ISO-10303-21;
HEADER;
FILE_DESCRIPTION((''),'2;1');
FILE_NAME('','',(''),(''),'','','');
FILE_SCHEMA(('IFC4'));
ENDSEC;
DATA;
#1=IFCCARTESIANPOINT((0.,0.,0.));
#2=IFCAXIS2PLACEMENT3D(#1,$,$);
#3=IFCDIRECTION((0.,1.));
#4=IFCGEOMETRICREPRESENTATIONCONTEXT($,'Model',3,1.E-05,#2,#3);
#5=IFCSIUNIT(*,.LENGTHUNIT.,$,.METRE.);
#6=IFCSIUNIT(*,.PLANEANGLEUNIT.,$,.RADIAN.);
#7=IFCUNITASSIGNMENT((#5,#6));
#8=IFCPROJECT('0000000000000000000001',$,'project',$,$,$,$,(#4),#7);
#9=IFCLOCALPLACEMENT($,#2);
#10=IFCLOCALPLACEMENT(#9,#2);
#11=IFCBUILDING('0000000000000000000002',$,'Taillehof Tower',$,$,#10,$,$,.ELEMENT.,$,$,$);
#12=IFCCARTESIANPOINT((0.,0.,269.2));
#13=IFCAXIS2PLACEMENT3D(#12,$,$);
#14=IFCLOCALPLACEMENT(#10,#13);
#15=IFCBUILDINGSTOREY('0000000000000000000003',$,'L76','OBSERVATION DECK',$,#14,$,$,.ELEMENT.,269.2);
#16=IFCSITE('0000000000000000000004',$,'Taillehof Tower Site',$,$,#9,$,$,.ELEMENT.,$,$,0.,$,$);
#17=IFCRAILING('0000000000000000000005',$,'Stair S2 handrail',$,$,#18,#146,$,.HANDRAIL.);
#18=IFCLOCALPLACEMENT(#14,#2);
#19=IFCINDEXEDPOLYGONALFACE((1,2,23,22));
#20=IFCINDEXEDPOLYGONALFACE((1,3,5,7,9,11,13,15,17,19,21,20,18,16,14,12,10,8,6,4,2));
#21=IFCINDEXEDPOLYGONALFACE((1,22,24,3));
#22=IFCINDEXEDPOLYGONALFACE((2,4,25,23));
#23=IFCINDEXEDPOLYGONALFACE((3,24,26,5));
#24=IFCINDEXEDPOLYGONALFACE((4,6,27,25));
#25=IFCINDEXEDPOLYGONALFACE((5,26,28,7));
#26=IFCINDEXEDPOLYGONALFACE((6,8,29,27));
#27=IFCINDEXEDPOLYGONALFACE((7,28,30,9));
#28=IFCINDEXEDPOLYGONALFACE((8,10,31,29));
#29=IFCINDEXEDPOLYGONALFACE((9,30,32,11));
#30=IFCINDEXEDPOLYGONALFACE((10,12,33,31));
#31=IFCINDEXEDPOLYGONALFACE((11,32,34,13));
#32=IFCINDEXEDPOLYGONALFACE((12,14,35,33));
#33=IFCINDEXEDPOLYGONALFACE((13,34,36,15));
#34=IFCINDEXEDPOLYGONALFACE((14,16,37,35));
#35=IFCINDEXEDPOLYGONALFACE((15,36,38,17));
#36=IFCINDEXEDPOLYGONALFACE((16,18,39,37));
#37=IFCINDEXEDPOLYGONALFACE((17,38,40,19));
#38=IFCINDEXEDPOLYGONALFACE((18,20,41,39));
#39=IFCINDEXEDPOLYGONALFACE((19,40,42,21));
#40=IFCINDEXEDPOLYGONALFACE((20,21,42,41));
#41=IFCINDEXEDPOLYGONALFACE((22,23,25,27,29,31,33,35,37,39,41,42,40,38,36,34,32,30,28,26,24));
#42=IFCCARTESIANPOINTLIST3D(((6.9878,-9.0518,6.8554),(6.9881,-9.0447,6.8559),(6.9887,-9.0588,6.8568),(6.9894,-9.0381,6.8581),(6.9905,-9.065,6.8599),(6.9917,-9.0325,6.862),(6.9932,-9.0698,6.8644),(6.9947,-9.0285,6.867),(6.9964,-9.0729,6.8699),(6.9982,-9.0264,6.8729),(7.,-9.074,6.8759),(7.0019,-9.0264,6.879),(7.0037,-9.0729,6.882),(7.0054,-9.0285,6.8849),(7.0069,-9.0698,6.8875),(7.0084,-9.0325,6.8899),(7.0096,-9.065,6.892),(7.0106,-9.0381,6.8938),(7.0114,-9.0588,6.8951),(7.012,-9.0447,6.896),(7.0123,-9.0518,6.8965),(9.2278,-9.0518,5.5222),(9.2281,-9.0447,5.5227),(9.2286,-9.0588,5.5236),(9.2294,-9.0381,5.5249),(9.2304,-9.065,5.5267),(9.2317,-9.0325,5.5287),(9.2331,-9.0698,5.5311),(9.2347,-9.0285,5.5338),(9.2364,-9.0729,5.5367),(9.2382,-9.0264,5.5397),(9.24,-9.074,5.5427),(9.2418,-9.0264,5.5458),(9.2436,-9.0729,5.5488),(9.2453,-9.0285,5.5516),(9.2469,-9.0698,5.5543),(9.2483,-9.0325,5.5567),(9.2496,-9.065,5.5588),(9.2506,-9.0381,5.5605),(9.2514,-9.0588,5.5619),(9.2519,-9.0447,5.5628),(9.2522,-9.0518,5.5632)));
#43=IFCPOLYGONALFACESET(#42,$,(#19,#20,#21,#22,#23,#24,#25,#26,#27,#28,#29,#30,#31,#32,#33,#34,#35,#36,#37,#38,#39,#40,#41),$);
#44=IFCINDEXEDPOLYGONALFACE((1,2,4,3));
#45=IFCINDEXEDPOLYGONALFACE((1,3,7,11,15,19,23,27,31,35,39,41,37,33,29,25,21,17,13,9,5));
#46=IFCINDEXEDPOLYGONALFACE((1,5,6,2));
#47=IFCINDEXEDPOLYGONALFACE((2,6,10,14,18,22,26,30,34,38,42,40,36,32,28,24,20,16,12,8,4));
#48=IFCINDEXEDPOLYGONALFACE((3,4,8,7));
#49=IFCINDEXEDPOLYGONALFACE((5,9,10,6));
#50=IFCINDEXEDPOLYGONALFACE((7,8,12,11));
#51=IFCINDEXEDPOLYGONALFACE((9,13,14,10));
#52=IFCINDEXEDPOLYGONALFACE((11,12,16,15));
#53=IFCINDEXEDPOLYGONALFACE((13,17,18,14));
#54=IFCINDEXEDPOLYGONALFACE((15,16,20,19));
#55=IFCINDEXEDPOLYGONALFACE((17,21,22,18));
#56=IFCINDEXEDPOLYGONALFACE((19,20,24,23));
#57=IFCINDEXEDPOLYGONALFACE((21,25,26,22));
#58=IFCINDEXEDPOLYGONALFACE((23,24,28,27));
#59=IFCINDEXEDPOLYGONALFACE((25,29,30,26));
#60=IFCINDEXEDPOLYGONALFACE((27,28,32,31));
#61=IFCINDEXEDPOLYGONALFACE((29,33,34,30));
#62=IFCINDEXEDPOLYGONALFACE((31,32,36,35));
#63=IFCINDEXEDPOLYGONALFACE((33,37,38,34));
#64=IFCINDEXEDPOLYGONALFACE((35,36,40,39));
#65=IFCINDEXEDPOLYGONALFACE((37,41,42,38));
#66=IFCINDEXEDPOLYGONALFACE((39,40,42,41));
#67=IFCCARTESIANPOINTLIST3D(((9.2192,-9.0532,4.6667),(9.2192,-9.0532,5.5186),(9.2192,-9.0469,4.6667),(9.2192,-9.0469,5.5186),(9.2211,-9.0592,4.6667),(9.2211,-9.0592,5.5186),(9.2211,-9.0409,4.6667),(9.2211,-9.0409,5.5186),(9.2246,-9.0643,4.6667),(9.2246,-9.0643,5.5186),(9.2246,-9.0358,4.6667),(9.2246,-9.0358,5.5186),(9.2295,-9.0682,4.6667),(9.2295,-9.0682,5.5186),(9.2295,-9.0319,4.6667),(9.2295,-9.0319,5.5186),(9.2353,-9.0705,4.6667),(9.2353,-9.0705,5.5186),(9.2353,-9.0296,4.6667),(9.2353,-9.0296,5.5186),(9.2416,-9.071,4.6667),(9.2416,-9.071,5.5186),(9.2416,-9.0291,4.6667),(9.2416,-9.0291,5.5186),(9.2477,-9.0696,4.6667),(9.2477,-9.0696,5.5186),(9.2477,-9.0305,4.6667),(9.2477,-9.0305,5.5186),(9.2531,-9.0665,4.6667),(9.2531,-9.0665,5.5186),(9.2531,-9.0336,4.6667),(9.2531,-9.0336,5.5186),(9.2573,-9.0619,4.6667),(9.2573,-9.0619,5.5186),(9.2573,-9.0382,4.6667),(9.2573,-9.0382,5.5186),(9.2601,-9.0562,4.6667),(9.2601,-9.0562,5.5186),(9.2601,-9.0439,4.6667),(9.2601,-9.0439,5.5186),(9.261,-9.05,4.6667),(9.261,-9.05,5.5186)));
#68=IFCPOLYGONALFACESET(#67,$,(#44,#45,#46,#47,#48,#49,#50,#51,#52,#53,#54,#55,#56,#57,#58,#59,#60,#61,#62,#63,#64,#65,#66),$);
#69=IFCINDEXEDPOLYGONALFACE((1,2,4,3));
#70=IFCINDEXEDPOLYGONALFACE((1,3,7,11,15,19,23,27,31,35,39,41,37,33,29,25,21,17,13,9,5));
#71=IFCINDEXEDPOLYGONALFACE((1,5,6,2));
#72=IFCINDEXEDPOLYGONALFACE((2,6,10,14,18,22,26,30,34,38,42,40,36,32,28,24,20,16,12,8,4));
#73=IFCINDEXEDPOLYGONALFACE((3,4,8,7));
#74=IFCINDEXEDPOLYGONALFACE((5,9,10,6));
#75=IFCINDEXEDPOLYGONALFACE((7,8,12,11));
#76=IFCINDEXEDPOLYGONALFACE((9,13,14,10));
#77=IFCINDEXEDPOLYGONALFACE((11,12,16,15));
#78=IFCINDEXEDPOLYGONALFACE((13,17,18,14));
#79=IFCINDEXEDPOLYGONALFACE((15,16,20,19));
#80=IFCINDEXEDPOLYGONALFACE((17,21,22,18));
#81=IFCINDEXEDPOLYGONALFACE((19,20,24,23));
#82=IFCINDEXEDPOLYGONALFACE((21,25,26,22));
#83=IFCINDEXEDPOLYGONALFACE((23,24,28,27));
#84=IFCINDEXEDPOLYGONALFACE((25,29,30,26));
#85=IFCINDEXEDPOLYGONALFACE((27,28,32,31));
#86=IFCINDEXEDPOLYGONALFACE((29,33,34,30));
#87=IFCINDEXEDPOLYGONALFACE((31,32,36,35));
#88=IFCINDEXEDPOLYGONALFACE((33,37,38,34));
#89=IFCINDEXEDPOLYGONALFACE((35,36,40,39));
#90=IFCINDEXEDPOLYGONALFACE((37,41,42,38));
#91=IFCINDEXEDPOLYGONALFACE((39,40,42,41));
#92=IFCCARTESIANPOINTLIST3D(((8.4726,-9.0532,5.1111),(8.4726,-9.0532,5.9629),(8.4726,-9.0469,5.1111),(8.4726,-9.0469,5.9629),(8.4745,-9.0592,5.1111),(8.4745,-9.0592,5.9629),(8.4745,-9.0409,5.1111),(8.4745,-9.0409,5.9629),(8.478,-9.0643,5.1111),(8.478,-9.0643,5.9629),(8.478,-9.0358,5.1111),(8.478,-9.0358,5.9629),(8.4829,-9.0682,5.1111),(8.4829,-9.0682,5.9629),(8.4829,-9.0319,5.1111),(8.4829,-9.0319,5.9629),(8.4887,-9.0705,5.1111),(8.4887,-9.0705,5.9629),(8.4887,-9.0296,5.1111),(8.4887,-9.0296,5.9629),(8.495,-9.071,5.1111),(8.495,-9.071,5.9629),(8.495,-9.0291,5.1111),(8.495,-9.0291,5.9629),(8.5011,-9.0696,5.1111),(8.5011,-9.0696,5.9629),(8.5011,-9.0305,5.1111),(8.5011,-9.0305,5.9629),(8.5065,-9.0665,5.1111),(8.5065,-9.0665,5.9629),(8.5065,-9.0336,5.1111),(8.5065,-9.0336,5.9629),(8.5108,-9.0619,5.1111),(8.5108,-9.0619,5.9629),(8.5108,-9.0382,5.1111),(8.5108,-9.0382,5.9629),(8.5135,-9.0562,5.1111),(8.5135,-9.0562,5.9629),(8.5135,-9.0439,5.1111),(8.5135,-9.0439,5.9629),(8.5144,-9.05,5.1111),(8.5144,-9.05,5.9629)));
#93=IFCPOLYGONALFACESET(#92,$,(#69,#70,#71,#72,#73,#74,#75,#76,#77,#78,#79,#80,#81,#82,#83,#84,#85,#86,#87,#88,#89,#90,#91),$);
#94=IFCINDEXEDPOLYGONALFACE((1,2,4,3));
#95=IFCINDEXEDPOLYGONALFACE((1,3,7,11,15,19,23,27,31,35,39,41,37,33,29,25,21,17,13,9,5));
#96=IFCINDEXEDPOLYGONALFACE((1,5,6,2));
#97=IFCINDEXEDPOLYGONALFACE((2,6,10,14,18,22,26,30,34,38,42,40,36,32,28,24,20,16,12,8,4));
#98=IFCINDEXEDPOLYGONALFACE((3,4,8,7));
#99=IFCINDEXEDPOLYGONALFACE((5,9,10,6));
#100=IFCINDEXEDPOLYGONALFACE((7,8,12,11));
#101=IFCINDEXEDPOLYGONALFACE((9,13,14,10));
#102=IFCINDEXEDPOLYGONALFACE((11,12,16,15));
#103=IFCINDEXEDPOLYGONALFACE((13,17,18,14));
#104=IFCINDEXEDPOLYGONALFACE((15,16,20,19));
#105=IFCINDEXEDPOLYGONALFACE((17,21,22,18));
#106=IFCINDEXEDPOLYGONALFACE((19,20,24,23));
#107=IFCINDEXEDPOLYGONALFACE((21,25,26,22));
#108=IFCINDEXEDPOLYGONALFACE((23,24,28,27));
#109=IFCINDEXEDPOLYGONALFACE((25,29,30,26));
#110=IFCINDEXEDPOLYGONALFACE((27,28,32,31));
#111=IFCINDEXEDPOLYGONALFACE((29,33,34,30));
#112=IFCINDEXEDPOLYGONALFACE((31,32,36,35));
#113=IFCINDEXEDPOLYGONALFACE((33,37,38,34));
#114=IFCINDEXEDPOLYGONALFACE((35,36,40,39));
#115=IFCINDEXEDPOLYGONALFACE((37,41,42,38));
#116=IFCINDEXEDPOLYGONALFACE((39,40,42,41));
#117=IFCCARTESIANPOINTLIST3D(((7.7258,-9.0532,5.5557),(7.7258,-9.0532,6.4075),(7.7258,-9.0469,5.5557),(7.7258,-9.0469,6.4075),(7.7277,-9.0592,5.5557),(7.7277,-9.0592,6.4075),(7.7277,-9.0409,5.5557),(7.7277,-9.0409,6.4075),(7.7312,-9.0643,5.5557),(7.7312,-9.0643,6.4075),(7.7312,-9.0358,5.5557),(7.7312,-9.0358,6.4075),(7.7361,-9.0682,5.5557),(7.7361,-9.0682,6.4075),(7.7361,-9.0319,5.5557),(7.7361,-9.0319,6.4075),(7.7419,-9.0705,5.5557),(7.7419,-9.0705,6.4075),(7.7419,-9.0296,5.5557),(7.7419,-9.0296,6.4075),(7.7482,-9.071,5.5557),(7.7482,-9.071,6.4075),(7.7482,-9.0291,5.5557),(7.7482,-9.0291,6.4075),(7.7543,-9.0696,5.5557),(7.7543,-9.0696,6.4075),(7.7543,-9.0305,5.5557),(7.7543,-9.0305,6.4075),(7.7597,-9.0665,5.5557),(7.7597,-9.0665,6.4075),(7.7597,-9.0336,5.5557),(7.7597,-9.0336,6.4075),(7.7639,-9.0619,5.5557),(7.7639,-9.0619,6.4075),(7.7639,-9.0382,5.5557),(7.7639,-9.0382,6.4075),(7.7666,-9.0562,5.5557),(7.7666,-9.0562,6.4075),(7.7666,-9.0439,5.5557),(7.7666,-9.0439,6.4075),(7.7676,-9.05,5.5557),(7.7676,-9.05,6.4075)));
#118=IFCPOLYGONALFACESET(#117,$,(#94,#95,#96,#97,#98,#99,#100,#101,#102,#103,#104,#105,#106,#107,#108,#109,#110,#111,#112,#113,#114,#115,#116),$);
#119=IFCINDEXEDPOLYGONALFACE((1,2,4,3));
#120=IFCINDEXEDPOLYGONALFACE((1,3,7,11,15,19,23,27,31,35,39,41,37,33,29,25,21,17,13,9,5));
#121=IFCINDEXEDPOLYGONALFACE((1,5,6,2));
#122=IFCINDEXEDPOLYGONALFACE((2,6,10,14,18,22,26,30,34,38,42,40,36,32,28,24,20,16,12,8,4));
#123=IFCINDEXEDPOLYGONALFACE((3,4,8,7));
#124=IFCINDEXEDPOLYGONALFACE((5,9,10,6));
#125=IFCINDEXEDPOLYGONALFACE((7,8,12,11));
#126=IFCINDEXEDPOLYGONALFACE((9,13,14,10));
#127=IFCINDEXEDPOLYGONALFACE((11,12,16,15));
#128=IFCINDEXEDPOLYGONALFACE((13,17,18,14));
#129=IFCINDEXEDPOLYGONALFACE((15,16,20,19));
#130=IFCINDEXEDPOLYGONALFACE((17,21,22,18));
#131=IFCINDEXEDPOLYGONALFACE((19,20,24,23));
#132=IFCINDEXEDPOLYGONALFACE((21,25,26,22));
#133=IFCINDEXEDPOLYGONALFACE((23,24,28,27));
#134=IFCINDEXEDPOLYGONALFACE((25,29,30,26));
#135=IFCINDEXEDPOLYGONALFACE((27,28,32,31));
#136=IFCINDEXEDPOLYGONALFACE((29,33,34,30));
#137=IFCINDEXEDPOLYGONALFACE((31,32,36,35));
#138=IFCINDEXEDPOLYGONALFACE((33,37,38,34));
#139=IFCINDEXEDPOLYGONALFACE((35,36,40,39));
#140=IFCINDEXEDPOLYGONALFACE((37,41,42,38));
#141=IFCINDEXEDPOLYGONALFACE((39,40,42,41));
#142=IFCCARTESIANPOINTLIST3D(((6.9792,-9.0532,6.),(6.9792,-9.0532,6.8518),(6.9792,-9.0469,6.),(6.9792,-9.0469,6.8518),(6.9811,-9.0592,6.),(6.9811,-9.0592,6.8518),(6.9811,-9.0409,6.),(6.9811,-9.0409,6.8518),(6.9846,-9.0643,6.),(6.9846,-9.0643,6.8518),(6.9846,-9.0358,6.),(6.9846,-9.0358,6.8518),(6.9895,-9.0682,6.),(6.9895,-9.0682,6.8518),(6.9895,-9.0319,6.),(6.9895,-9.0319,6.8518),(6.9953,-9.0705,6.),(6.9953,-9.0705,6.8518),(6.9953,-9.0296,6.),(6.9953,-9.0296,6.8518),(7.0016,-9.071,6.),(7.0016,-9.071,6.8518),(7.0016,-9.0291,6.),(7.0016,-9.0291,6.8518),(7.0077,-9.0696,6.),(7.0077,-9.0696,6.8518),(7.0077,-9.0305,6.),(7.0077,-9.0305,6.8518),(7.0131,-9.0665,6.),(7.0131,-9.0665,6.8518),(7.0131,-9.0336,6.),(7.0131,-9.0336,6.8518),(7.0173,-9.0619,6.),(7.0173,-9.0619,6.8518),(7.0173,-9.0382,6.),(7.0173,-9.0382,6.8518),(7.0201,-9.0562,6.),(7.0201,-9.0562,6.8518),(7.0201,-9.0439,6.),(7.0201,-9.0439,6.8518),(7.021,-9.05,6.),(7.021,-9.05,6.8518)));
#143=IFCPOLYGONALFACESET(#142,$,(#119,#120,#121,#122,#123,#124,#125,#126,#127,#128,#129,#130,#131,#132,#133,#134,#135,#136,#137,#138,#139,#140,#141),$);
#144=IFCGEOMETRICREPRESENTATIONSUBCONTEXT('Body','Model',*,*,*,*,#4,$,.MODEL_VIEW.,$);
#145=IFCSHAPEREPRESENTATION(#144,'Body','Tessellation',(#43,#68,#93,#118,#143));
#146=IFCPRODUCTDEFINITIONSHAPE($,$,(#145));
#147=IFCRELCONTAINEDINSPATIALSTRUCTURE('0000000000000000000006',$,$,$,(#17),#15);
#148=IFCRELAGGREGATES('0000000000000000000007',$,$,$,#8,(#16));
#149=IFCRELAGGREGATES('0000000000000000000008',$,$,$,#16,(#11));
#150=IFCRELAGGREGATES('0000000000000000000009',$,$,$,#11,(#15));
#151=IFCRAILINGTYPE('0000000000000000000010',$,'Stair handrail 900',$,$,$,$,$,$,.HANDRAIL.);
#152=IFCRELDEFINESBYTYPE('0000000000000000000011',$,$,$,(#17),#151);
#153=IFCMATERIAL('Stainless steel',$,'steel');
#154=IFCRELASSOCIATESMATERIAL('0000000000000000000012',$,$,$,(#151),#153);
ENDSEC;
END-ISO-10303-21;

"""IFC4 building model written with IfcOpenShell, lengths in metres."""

from ifc_helpers import new_model, si_unit, direction, frame, origin, origin_2d, place, context, subcontext, project, spatial, circle, extrude, material, type_object, element, save


model = new_model("IFC4")

# Units and contexts
model_context = context("Model", 3, precision=1e-05, world=origin(), true_north=direction((0.0, 1.0)))
body_context = subcontext(model_context, "Body", "Model", "MODEL_VIEW")
ifc_project = project(units=[si_unit("LENGTHUNIT", "METRE"), si_unit("PLANEANGLEUNIT", "RADIAN")], contexts=[model_context])

# Site, building, storey
site_placement = place(None, origin())
site = spatial("IfcSite", under=ifc_project, at=site_placement, Name="Taillehof Tower Site", CompositionType="ELEMENT", RefElevation=0.0)
building_placement = place(site_placement, origin())
building = spatial("IfcBuilding", under=site, at=building_placement, Name="Taillehof Tower", CompositionType="ELEMENT")
storey_placement = place(building_placement, frame((0.0, 0.0, 269.2)))
storey = spatial("IfcBuildingStorey", under=building, at=storey_placement, Name="L76", Description="OBSERVATION DECK", CompositionType="ELEMENT", Elevation=269.2)

# Railing
ifc_material_1 = material(Name="Stainless steel", Category="steel")
railing_type = type_object("IfcRailingType", Name="Stair handrail 900", PredefinedType="HANDRAIL", material=ifc_material_1)
railing_1_placement = place(storey_placement, frame((9.24, -9.05, 4.6667)))
element("IfcRailing", 1, at=railing_1_placement, inside=storey, type_object=railing_type, Name="Stair S2 handrail", PredefinedType="HANDRAIL", context=body_context, shape_type="SweptSolid", body=[
    extrude(circle(Radius=0.0239, at=origin_2d()), frame((0.0, 0.0, 0.876), z_axis=(-0.859306, 0.0, 0.511462), x_axis=(0.0, -1.0, 0.0)), (0.0, 0.0, 1.0), 2.6067),
    extrude(circle(Radius=0.021, at=origin_2d()), origin(), (0.0, 0.0, 1.0), 0.8518),
    extrude(circle(Radius=0.021, at=origin_2d()), frame((-0.7466, 0.0, 0.4443)), (0.0, 0.0, 1.0), 0.8518),
    extrude(circle(Radius=0.021, at=origin_2d()), frame((-1.4934, 0.0, 0.8889)), (0.0, 0.0, 1.0), 0.8518),
    extrude(circle(Radius=0.021, at=origin_2d()), frame((-2.24, 0.0, 1.3333)), (0.0, 0.0, 1.0), 0.8518),
])

save(model, "model.ifc")
